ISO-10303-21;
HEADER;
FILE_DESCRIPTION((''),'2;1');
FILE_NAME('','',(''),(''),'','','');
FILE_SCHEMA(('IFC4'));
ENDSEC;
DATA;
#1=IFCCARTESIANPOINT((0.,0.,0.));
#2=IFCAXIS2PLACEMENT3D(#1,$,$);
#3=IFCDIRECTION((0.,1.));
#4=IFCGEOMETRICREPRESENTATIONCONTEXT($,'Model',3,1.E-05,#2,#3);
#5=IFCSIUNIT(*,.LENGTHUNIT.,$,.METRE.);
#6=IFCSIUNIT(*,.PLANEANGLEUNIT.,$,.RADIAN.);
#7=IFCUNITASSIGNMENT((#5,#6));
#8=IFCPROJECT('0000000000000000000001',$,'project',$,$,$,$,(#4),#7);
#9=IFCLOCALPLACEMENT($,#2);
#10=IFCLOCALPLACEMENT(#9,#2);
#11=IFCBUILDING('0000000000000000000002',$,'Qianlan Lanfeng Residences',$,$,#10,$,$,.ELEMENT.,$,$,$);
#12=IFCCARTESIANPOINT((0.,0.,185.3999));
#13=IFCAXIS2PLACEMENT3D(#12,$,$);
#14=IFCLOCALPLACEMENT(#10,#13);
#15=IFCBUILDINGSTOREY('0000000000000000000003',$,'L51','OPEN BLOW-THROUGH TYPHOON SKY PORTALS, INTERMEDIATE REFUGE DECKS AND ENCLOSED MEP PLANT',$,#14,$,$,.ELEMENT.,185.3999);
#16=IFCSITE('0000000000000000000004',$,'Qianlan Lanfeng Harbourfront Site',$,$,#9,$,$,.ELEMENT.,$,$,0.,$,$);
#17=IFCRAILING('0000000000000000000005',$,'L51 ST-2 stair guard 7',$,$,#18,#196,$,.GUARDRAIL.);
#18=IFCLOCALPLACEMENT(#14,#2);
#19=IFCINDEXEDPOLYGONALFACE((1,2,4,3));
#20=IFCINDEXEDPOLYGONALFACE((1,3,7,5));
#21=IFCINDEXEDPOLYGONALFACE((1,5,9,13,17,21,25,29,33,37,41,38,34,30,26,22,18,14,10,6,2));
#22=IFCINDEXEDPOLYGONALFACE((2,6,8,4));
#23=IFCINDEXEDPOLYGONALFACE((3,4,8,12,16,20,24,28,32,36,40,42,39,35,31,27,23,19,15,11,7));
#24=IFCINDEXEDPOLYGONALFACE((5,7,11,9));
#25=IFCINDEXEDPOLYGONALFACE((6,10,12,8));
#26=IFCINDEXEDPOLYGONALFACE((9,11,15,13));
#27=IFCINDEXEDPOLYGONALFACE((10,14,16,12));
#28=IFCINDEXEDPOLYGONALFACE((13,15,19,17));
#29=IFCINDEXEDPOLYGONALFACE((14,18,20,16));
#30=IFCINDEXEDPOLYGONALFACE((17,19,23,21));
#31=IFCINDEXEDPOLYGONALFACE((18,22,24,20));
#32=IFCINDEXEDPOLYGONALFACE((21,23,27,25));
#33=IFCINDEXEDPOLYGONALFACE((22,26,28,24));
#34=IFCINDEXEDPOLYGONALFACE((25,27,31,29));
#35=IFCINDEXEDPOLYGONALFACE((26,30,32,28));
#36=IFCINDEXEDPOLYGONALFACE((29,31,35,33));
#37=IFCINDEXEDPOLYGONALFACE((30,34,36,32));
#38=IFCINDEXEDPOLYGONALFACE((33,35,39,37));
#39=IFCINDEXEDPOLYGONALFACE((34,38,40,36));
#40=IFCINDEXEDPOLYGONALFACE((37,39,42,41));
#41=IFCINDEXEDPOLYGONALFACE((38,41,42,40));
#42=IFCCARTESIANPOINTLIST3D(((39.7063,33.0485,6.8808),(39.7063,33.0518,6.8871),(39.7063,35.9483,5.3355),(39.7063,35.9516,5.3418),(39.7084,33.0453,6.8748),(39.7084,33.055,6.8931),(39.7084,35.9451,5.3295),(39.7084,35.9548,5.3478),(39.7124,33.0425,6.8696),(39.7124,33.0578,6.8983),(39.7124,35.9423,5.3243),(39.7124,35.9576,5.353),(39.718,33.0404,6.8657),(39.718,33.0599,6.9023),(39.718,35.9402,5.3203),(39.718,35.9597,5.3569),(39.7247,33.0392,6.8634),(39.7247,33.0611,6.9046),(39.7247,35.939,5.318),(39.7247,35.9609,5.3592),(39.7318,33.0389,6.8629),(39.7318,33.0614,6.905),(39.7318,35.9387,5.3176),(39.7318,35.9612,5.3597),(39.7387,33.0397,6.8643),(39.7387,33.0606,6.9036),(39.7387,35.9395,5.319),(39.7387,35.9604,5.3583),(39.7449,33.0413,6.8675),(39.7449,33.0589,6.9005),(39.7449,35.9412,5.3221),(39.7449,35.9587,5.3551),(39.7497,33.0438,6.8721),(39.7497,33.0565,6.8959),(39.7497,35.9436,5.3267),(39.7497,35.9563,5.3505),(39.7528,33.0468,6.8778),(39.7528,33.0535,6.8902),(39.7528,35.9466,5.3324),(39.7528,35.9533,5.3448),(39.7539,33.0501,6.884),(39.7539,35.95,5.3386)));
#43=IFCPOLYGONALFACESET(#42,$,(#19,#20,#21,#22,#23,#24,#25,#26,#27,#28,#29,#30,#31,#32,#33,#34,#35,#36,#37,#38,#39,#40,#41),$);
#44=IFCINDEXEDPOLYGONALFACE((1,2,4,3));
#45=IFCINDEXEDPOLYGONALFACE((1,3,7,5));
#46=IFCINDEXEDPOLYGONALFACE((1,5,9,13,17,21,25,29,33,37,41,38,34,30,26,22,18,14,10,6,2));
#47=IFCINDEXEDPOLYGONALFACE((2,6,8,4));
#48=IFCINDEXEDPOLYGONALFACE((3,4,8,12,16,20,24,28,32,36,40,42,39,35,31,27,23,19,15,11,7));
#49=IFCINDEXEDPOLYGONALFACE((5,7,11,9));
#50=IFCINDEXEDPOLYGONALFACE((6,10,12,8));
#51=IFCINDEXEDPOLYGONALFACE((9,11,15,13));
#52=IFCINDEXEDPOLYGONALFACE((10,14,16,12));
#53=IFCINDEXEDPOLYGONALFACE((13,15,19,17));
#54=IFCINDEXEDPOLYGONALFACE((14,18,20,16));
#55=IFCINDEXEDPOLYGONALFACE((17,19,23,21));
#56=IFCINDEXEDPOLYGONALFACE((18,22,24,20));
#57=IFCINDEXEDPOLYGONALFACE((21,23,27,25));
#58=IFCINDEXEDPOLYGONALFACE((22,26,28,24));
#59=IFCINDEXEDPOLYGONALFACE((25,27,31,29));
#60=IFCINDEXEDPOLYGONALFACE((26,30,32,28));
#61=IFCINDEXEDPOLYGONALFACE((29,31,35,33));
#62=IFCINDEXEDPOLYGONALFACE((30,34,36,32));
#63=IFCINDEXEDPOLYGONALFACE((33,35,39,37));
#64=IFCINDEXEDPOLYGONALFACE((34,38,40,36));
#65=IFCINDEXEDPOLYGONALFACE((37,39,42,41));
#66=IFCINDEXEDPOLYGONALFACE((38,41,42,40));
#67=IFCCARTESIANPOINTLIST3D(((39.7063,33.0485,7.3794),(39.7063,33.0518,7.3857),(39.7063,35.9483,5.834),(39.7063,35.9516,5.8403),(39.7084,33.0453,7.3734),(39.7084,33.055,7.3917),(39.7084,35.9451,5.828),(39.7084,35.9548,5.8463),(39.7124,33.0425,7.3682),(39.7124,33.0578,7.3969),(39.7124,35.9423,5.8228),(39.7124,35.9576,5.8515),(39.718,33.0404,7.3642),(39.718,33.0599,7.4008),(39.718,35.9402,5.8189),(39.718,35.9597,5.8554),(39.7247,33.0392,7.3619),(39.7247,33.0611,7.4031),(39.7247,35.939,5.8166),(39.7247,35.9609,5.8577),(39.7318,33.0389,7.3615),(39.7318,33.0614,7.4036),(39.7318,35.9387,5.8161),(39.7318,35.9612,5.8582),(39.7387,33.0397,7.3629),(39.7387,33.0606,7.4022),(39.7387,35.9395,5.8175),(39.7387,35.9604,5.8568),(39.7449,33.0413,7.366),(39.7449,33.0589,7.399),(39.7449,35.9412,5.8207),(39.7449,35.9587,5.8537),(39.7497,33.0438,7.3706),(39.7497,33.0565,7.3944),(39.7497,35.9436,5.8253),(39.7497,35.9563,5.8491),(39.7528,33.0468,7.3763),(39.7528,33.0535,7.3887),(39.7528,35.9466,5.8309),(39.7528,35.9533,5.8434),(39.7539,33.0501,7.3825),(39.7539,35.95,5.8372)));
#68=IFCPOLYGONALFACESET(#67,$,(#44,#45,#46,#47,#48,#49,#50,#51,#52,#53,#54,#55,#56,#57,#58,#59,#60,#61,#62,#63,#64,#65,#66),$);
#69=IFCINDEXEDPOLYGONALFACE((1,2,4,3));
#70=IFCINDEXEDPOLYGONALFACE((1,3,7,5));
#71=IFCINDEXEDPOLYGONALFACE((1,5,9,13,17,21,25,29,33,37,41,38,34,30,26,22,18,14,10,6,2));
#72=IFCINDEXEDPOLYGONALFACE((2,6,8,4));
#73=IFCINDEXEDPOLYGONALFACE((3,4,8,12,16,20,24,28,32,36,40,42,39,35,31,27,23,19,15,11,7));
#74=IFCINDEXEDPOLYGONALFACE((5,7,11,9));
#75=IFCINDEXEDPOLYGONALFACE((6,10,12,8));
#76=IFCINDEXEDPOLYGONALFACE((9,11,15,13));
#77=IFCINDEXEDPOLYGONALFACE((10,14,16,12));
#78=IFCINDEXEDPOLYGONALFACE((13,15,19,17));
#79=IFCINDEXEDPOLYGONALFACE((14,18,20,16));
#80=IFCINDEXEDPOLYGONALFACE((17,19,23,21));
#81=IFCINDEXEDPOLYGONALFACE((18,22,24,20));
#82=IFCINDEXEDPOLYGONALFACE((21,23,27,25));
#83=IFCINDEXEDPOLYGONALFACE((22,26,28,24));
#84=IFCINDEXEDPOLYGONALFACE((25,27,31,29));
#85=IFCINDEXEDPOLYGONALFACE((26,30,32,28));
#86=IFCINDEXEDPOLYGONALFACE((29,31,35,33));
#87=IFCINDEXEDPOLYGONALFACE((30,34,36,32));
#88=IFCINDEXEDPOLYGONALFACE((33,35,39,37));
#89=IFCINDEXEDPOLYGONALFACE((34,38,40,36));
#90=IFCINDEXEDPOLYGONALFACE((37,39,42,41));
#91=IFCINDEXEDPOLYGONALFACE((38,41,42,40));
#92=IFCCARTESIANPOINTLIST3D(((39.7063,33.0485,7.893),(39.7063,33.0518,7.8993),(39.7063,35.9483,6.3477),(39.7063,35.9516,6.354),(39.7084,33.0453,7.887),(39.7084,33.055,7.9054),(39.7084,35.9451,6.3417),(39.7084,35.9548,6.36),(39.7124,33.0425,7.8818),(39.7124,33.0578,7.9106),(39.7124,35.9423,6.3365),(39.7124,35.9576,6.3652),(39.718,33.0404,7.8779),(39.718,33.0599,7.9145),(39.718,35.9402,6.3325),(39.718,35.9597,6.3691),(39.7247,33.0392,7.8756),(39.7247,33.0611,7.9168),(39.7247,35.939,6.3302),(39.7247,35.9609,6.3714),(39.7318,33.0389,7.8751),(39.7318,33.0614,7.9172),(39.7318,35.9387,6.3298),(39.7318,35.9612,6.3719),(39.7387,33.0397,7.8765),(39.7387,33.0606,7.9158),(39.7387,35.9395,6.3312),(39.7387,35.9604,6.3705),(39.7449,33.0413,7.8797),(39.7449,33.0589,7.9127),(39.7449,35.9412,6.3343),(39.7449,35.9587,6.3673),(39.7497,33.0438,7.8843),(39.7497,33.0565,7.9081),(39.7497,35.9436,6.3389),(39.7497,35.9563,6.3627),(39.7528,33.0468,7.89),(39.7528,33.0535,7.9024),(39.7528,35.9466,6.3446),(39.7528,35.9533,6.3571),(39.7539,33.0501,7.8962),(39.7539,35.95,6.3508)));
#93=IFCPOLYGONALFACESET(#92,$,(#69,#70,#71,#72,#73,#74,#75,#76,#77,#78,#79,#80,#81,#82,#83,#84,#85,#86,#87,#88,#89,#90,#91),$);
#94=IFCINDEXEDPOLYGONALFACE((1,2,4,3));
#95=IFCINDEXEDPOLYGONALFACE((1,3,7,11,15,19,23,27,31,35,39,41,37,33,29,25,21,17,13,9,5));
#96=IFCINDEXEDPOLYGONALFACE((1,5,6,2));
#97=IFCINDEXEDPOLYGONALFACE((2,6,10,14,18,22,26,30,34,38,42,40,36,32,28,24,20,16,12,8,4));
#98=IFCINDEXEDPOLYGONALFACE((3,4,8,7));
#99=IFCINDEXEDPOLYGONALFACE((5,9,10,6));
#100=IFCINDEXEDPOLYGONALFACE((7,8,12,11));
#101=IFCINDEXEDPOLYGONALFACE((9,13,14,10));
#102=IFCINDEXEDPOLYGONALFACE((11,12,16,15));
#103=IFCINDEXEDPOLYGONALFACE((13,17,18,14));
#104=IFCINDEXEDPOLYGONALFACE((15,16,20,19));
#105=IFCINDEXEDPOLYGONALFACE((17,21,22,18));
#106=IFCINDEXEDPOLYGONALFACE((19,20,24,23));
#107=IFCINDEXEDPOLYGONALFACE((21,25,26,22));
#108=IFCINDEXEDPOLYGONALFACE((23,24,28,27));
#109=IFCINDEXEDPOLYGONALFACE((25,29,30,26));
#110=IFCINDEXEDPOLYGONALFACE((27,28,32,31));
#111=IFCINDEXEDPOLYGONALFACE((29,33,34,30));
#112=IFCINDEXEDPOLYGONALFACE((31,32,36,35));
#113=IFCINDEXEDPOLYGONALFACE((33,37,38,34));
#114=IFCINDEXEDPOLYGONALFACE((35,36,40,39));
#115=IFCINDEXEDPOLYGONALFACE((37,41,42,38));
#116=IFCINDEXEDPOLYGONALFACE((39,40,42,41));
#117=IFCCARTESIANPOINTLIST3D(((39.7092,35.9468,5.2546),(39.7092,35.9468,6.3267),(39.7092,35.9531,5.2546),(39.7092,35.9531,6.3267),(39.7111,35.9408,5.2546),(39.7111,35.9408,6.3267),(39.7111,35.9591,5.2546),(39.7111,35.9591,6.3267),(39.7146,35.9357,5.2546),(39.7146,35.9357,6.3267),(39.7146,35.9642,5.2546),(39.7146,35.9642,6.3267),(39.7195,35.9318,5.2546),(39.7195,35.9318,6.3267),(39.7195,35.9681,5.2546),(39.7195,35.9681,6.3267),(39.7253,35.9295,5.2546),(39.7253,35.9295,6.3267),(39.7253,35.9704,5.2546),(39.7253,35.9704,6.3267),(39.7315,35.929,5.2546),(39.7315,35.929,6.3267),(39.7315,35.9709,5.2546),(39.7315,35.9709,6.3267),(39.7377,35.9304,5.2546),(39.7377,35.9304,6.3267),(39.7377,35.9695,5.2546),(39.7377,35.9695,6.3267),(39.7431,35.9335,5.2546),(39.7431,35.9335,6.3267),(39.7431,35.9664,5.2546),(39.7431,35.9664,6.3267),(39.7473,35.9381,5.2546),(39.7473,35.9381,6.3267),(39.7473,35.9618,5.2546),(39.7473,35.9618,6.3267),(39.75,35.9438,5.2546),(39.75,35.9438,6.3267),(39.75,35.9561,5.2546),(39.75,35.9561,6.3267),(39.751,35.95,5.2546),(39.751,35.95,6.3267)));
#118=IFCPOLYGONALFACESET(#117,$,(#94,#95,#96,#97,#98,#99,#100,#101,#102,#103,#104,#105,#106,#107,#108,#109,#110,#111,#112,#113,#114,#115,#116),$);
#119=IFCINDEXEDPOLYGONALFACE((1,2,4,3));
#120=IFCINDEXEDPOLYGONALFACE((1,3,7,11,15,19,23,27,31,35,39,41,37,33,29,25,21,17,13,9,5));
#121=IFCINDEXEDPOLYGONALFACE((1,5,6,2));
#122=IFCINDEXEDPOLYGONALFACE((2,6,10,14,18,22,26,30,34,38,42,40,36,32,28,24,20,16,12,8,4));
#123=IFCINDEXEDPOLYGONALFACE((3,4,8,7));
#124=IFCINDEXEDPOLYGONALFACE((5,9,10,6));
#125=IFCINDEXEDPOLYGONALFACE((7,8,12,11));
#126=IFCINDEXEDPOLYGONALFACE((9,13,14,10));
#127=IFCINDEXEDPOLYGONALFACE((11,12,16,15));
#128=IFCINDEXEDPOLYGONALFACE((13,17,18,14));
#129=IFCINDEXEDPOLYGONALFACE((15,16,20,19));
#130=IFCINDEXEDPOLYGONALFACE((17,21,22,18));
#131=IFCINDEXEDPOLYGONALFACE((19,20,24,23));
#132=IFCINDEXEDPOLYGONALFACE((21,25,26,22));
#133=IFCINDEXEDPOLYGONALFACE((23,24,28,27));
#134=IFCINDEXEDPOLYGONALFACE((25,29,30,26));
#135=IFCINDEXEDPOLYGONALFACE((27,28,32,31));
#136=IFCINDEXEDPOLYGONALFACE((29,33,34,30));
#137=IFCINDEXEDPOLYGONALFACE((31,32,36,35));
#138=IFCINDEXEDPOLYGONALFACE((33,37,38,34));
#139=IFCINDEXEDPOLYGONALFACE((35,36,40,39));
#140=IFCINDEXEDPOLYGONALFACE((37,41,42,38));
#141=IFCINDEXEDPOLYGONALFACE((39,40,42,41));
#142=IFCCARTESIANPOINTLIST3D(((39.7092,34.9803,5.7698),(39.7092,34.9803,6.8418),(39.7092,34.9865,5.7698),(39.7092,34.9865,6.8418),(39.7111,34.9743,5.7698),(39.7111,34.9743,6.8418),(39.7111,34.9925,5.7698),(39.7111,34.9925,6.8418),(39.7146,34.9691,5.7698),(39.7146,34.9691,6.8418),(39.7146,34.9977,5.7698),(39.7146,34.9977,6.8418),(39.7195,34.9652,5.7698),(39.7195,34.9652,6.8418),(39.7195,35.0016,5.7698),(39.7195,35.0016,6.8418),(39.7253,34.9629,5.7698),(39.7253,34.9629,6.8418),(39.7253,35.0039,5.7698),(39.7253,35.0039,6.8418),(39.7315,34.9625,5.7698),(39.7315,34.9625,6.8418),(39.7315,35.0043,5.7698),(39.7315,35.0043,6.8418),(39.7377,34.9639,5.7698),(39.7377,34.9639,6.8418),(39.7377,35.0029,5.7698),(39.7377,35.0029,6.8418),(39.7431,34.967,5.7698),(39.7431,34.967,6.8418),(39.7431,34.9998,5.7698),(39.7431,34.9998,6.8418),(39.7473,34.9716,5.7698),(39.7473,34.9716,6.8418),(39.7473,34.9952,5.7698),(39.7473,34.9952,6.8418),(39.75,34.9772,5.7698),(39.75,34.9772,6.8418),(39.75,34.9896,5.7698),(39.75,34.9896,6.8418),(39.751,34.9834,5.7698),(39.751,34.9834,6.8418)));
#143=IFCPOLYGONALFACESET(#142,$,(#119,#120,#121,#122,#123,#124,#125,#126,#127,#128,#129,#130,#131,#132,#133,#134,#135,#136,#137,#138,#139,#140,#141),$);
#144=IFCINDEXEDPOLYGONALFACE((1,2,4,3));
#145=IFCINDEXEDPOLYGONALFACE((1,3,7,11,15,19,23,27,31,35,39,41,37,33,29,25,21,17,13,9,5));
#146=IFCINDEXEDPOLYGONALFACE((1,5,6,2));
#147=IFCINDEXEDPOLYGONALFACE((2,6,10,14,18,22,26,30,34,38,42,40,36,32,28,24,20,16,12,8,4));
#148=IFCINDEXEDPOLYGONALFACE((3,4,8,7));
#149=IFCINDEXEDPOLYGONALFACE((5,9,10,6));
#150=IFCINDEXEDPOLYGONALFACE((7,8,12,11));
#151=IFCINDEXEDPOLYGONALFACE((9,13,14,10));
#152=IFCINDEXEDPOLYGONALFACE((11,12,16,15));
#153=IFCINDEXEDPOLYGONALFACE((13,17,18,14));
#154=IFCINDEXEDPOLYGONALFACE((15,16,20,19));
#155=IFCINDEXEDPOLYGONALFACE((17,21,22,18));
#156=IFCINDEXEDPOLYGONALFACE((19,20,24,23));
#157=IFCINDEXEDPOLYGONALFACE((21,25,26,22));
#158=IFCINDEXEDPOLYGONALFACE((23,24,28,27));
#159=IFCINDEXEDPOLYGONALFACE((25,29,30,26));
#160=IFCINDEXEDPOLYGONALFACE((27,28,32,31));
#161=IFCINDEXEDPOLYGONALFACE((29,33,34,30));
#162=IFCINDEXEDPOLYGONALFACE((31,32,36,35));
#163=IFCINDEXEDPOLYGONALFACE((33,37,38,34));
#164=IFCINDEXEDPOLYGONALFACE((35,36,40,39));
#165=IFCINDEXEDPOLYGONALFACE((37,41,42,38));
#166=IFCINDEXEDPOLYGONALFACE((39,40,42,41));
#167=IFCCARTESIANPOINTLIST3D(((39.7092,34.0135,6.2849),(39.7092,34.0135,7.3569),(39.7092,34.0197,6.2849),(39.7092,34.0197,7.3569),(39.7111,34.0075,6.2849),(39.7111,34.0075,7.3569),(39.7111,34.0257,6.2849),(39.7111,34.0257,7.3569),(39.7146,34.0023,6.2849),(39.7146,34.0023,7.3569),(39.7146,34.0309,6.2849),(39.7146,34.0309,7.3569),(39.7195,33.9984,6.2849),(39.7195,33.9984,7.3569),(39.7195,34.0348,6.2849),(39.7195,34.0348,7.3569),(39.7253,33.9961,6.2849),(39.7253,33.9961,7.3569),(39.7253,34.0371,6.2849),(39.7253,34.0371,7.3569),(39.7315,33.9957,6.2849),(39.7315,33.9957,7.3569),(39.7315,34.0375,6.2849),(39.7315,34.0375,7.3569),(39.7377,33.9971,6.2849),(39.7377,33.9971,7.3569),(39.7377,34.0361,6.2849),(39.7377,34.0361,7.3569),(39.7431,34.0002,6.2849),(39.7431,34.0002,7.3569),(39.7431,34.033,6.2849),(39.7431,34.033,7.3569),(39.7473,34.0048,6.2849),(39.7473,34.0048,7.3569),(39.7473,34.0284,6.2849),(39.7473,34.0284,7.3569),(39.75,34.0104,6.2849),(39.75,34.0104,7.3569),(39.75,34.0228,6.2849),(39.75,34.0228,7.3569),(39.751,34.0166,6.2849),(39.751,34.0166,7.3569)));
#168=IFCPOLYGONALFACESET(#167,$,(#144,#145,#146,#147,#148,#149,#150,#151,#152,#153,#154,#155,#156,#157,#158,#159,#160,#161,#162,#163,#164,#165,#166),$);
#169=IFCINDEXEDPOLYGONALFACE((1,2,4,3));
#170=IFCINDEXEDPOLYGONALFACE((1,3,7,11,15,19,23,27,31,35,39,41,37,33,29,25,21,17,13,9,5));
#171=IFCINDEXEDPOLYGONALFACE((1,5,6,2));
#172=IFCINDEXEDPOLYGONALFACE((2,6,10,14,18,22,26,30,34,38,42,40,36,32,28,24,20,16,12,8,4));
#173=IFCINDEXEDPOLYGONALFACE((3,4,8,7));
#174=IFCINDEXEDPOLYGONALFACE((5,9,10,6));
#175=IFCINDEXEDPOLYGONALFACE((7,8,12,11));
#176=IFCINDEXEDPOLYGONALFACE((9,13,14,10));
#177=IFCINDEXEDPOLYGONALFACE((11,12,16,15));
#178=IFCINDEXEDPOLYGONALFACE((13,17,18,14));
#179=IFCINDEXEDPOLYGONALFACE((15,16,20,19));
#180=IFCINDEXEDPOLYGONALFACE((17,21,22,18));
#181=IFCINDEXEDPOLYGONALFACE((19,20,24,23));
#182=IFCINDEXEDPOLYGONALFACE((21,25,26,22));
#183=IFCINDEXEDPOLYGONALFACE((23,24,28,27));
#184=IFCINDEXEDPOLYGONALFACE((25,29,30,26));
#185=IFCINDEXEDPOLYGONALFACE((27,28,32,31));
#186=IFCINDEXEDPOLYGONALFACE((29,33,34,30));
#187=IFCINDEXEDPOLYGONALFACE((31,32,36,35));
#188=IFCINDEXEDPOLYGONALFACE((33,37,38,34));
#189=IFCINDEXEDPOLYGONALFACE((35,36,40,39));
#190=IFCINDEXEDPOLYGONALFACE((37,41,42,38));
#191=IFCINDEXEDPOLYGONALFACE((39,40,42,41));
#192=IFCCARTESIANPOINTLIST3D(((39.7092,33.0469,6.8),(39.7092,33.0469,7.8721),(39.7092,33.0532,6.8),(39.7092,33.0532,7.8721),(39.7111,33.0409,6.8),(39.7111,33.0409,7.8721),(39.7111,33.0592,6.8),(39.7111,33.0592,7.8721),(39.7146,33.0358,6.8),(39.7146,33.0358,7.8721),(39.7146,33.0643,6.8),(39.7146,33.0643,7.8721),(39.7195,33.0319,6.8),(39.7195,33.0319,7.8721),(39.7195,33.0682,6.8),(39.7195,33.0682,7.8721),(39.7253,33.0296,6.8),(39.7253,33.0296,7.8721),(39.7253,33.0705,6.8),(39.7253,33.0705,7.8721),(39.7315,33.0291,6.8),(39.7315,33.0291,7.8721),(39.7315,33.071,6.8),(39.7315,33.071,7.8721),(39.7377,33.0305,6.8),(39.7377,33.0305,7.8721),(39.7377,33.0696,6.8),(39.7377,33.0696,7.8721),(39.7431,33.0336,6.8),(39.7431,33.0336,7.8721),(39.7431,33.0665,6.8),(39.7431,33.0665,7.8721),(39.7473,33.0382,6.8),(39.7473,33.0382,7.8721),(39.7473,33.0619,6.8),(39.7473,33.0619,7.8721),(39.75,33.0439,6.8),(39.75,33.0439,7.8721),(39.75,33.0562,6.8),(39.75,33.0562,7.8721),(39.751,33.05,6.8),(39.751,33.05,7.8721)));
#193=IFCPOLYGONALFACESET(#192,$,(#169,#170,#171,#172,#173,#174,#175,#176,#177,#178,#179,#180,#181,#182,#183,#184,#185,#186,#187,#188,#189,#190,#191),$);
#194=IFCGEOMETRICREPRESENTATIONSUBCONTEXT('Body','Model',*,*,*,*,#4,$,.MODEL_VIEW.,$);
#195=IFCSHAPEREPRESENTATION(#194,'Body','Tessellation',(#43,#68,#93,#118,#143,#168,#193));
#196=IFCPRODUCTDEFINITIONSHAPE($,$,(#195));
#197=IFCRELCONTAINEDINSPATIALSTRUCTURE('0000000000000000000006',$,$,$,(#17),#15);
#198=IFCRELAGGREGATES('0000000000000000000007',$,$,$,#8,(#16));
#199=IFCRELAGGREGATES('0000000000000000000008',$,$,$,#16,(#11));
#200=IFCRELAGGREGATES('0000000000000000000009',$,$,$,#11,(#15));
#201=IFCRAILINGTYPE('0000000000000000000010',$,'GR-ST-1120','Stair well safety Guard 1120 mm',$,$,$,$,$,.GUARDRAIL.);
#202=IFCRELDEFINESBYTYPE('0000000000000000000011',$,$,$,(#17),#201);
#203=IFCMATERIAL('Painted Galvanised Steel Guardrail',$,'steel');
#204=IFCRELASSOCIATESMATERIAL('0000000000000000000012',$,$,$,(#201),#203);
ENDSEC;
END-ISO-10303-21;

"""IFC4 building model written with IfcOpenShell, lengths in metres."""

from ifc_helpers import new_model, si_unit, direction, frame, origin, origin_2d, place, context, subcontext, project, spatial, circle, extrude, material, type_object, element, save


model = new_model("IFC4")

# Units and contexts
model_context = context("Model", 3, precision=1e-05, world=origin(), true_north=direction((0.0, 1.0)))
body_context = subcontext(model_context, "Body", "Model", "MODEL_VIEW")
ifc_project = project(units=[si_unit("LENGTHUNIT", "METRE"), si_unit("PLANEANGLEUNIT", "RADIAN")], contexts=[model_context])

# Site, building, storey
site_placement = place(None, origin())
site = spatial("IfcSite", under=ifc_project, at=site_placement, Name="Qianlan Lanfeng Harbourfront Site", CompositionType="ELEMENT", RefElevation=0.0)
building_placement = place(site_placement, origin())
building = spatial("IfcBuilding", under=site, at=building_placement, Name="Qianlan Lanfeng Residences", CompositionType="ELEMENT")
storey_placement = place(building_placement, frame((0.0, 0.0, 185.3999)))
storey = spatial("IfcBuildingStorey", under=building, at=storey_placement, Name="L51", Description="OPEN BLOW-THROUGH TYPHOON SKY PORTALS, INTERMEDIATE REFUGE DECKS AND ENCLOSED MEP PLANT", CompositionType="ELEMENT", Elevation=185.3999)

# Railing
ifc_material_1 = material(Name="Painted Galvanised Steel Guardrail", Category="steel")
railing_type_1 = type_object("IfcRailingType", Name="GR-ST-1120", Description="Stair well safety Guard 1120 mm", PredefinedType="GUARDRAIL", material=ifc_material_1)
railing_1_placement = place(storey_placement, frame((39.73, 35.95, 5.2546)))
element("IfcRailing", 1, at=railing_1_placement, inside=storey, type_object=railing_type_1, Name="L51 ST-2 stair guard 7", PredefinedType="GUARDRAIL", context=body_context, shape_type="SweptSolid", body=[
    extrude(circle(Radius=0.0239, at=origin_2d()), frame((0.0, 0.0, 0.084), z_axis=(0.0, -0.882505, 0.470303), x_axis=(1.0, 0.0, 0.0)), (0.0, 0.0, 1.0), 3.2859),
    extrude(circle(Radius=0.0239, at=origin_2d()), frame((0.0, 0.0, 0.5825), z_axis=(0.0, -0.882505, 0.470303), x_axis=(1.0, 0.0, 0.0)), (0.0, 0.0, 1.0), 3.2859),
    extrude(circle(Radius=0.0239, at=origin_2d()), frame((0.0, 0.0, 1.0962), z_axis=(0.0, -0.882505, 0.470303), x_axis=(1.0, 0.0, 0.0)), (0.0, 0.0, 1.0), 3.2859),
    extrude(circle(Radius=0.021, at=origin_2d()), origin(), (0.0, 0.0, 1.0), 1.072),
    extrude(circle(Radius=0.021, at=origin_2d()), frame((0.0, -0.9666, 0.5151)), (0.0, 0.0, 1.0), 1.072),
    extrude(circle(Radius=0.021, at=origin_2d()), frame((0.0, -1.9333, 1.0303)), (0.0, 0.0, 1.0), 1.072),
    extrude(circle(Radius=0.021, at=origin_2d()), frame((0.0, -2.8999, 1.5454)), (0.0, 0.0, 1.0), 1.072),
])

save(model, "model.ifc")
